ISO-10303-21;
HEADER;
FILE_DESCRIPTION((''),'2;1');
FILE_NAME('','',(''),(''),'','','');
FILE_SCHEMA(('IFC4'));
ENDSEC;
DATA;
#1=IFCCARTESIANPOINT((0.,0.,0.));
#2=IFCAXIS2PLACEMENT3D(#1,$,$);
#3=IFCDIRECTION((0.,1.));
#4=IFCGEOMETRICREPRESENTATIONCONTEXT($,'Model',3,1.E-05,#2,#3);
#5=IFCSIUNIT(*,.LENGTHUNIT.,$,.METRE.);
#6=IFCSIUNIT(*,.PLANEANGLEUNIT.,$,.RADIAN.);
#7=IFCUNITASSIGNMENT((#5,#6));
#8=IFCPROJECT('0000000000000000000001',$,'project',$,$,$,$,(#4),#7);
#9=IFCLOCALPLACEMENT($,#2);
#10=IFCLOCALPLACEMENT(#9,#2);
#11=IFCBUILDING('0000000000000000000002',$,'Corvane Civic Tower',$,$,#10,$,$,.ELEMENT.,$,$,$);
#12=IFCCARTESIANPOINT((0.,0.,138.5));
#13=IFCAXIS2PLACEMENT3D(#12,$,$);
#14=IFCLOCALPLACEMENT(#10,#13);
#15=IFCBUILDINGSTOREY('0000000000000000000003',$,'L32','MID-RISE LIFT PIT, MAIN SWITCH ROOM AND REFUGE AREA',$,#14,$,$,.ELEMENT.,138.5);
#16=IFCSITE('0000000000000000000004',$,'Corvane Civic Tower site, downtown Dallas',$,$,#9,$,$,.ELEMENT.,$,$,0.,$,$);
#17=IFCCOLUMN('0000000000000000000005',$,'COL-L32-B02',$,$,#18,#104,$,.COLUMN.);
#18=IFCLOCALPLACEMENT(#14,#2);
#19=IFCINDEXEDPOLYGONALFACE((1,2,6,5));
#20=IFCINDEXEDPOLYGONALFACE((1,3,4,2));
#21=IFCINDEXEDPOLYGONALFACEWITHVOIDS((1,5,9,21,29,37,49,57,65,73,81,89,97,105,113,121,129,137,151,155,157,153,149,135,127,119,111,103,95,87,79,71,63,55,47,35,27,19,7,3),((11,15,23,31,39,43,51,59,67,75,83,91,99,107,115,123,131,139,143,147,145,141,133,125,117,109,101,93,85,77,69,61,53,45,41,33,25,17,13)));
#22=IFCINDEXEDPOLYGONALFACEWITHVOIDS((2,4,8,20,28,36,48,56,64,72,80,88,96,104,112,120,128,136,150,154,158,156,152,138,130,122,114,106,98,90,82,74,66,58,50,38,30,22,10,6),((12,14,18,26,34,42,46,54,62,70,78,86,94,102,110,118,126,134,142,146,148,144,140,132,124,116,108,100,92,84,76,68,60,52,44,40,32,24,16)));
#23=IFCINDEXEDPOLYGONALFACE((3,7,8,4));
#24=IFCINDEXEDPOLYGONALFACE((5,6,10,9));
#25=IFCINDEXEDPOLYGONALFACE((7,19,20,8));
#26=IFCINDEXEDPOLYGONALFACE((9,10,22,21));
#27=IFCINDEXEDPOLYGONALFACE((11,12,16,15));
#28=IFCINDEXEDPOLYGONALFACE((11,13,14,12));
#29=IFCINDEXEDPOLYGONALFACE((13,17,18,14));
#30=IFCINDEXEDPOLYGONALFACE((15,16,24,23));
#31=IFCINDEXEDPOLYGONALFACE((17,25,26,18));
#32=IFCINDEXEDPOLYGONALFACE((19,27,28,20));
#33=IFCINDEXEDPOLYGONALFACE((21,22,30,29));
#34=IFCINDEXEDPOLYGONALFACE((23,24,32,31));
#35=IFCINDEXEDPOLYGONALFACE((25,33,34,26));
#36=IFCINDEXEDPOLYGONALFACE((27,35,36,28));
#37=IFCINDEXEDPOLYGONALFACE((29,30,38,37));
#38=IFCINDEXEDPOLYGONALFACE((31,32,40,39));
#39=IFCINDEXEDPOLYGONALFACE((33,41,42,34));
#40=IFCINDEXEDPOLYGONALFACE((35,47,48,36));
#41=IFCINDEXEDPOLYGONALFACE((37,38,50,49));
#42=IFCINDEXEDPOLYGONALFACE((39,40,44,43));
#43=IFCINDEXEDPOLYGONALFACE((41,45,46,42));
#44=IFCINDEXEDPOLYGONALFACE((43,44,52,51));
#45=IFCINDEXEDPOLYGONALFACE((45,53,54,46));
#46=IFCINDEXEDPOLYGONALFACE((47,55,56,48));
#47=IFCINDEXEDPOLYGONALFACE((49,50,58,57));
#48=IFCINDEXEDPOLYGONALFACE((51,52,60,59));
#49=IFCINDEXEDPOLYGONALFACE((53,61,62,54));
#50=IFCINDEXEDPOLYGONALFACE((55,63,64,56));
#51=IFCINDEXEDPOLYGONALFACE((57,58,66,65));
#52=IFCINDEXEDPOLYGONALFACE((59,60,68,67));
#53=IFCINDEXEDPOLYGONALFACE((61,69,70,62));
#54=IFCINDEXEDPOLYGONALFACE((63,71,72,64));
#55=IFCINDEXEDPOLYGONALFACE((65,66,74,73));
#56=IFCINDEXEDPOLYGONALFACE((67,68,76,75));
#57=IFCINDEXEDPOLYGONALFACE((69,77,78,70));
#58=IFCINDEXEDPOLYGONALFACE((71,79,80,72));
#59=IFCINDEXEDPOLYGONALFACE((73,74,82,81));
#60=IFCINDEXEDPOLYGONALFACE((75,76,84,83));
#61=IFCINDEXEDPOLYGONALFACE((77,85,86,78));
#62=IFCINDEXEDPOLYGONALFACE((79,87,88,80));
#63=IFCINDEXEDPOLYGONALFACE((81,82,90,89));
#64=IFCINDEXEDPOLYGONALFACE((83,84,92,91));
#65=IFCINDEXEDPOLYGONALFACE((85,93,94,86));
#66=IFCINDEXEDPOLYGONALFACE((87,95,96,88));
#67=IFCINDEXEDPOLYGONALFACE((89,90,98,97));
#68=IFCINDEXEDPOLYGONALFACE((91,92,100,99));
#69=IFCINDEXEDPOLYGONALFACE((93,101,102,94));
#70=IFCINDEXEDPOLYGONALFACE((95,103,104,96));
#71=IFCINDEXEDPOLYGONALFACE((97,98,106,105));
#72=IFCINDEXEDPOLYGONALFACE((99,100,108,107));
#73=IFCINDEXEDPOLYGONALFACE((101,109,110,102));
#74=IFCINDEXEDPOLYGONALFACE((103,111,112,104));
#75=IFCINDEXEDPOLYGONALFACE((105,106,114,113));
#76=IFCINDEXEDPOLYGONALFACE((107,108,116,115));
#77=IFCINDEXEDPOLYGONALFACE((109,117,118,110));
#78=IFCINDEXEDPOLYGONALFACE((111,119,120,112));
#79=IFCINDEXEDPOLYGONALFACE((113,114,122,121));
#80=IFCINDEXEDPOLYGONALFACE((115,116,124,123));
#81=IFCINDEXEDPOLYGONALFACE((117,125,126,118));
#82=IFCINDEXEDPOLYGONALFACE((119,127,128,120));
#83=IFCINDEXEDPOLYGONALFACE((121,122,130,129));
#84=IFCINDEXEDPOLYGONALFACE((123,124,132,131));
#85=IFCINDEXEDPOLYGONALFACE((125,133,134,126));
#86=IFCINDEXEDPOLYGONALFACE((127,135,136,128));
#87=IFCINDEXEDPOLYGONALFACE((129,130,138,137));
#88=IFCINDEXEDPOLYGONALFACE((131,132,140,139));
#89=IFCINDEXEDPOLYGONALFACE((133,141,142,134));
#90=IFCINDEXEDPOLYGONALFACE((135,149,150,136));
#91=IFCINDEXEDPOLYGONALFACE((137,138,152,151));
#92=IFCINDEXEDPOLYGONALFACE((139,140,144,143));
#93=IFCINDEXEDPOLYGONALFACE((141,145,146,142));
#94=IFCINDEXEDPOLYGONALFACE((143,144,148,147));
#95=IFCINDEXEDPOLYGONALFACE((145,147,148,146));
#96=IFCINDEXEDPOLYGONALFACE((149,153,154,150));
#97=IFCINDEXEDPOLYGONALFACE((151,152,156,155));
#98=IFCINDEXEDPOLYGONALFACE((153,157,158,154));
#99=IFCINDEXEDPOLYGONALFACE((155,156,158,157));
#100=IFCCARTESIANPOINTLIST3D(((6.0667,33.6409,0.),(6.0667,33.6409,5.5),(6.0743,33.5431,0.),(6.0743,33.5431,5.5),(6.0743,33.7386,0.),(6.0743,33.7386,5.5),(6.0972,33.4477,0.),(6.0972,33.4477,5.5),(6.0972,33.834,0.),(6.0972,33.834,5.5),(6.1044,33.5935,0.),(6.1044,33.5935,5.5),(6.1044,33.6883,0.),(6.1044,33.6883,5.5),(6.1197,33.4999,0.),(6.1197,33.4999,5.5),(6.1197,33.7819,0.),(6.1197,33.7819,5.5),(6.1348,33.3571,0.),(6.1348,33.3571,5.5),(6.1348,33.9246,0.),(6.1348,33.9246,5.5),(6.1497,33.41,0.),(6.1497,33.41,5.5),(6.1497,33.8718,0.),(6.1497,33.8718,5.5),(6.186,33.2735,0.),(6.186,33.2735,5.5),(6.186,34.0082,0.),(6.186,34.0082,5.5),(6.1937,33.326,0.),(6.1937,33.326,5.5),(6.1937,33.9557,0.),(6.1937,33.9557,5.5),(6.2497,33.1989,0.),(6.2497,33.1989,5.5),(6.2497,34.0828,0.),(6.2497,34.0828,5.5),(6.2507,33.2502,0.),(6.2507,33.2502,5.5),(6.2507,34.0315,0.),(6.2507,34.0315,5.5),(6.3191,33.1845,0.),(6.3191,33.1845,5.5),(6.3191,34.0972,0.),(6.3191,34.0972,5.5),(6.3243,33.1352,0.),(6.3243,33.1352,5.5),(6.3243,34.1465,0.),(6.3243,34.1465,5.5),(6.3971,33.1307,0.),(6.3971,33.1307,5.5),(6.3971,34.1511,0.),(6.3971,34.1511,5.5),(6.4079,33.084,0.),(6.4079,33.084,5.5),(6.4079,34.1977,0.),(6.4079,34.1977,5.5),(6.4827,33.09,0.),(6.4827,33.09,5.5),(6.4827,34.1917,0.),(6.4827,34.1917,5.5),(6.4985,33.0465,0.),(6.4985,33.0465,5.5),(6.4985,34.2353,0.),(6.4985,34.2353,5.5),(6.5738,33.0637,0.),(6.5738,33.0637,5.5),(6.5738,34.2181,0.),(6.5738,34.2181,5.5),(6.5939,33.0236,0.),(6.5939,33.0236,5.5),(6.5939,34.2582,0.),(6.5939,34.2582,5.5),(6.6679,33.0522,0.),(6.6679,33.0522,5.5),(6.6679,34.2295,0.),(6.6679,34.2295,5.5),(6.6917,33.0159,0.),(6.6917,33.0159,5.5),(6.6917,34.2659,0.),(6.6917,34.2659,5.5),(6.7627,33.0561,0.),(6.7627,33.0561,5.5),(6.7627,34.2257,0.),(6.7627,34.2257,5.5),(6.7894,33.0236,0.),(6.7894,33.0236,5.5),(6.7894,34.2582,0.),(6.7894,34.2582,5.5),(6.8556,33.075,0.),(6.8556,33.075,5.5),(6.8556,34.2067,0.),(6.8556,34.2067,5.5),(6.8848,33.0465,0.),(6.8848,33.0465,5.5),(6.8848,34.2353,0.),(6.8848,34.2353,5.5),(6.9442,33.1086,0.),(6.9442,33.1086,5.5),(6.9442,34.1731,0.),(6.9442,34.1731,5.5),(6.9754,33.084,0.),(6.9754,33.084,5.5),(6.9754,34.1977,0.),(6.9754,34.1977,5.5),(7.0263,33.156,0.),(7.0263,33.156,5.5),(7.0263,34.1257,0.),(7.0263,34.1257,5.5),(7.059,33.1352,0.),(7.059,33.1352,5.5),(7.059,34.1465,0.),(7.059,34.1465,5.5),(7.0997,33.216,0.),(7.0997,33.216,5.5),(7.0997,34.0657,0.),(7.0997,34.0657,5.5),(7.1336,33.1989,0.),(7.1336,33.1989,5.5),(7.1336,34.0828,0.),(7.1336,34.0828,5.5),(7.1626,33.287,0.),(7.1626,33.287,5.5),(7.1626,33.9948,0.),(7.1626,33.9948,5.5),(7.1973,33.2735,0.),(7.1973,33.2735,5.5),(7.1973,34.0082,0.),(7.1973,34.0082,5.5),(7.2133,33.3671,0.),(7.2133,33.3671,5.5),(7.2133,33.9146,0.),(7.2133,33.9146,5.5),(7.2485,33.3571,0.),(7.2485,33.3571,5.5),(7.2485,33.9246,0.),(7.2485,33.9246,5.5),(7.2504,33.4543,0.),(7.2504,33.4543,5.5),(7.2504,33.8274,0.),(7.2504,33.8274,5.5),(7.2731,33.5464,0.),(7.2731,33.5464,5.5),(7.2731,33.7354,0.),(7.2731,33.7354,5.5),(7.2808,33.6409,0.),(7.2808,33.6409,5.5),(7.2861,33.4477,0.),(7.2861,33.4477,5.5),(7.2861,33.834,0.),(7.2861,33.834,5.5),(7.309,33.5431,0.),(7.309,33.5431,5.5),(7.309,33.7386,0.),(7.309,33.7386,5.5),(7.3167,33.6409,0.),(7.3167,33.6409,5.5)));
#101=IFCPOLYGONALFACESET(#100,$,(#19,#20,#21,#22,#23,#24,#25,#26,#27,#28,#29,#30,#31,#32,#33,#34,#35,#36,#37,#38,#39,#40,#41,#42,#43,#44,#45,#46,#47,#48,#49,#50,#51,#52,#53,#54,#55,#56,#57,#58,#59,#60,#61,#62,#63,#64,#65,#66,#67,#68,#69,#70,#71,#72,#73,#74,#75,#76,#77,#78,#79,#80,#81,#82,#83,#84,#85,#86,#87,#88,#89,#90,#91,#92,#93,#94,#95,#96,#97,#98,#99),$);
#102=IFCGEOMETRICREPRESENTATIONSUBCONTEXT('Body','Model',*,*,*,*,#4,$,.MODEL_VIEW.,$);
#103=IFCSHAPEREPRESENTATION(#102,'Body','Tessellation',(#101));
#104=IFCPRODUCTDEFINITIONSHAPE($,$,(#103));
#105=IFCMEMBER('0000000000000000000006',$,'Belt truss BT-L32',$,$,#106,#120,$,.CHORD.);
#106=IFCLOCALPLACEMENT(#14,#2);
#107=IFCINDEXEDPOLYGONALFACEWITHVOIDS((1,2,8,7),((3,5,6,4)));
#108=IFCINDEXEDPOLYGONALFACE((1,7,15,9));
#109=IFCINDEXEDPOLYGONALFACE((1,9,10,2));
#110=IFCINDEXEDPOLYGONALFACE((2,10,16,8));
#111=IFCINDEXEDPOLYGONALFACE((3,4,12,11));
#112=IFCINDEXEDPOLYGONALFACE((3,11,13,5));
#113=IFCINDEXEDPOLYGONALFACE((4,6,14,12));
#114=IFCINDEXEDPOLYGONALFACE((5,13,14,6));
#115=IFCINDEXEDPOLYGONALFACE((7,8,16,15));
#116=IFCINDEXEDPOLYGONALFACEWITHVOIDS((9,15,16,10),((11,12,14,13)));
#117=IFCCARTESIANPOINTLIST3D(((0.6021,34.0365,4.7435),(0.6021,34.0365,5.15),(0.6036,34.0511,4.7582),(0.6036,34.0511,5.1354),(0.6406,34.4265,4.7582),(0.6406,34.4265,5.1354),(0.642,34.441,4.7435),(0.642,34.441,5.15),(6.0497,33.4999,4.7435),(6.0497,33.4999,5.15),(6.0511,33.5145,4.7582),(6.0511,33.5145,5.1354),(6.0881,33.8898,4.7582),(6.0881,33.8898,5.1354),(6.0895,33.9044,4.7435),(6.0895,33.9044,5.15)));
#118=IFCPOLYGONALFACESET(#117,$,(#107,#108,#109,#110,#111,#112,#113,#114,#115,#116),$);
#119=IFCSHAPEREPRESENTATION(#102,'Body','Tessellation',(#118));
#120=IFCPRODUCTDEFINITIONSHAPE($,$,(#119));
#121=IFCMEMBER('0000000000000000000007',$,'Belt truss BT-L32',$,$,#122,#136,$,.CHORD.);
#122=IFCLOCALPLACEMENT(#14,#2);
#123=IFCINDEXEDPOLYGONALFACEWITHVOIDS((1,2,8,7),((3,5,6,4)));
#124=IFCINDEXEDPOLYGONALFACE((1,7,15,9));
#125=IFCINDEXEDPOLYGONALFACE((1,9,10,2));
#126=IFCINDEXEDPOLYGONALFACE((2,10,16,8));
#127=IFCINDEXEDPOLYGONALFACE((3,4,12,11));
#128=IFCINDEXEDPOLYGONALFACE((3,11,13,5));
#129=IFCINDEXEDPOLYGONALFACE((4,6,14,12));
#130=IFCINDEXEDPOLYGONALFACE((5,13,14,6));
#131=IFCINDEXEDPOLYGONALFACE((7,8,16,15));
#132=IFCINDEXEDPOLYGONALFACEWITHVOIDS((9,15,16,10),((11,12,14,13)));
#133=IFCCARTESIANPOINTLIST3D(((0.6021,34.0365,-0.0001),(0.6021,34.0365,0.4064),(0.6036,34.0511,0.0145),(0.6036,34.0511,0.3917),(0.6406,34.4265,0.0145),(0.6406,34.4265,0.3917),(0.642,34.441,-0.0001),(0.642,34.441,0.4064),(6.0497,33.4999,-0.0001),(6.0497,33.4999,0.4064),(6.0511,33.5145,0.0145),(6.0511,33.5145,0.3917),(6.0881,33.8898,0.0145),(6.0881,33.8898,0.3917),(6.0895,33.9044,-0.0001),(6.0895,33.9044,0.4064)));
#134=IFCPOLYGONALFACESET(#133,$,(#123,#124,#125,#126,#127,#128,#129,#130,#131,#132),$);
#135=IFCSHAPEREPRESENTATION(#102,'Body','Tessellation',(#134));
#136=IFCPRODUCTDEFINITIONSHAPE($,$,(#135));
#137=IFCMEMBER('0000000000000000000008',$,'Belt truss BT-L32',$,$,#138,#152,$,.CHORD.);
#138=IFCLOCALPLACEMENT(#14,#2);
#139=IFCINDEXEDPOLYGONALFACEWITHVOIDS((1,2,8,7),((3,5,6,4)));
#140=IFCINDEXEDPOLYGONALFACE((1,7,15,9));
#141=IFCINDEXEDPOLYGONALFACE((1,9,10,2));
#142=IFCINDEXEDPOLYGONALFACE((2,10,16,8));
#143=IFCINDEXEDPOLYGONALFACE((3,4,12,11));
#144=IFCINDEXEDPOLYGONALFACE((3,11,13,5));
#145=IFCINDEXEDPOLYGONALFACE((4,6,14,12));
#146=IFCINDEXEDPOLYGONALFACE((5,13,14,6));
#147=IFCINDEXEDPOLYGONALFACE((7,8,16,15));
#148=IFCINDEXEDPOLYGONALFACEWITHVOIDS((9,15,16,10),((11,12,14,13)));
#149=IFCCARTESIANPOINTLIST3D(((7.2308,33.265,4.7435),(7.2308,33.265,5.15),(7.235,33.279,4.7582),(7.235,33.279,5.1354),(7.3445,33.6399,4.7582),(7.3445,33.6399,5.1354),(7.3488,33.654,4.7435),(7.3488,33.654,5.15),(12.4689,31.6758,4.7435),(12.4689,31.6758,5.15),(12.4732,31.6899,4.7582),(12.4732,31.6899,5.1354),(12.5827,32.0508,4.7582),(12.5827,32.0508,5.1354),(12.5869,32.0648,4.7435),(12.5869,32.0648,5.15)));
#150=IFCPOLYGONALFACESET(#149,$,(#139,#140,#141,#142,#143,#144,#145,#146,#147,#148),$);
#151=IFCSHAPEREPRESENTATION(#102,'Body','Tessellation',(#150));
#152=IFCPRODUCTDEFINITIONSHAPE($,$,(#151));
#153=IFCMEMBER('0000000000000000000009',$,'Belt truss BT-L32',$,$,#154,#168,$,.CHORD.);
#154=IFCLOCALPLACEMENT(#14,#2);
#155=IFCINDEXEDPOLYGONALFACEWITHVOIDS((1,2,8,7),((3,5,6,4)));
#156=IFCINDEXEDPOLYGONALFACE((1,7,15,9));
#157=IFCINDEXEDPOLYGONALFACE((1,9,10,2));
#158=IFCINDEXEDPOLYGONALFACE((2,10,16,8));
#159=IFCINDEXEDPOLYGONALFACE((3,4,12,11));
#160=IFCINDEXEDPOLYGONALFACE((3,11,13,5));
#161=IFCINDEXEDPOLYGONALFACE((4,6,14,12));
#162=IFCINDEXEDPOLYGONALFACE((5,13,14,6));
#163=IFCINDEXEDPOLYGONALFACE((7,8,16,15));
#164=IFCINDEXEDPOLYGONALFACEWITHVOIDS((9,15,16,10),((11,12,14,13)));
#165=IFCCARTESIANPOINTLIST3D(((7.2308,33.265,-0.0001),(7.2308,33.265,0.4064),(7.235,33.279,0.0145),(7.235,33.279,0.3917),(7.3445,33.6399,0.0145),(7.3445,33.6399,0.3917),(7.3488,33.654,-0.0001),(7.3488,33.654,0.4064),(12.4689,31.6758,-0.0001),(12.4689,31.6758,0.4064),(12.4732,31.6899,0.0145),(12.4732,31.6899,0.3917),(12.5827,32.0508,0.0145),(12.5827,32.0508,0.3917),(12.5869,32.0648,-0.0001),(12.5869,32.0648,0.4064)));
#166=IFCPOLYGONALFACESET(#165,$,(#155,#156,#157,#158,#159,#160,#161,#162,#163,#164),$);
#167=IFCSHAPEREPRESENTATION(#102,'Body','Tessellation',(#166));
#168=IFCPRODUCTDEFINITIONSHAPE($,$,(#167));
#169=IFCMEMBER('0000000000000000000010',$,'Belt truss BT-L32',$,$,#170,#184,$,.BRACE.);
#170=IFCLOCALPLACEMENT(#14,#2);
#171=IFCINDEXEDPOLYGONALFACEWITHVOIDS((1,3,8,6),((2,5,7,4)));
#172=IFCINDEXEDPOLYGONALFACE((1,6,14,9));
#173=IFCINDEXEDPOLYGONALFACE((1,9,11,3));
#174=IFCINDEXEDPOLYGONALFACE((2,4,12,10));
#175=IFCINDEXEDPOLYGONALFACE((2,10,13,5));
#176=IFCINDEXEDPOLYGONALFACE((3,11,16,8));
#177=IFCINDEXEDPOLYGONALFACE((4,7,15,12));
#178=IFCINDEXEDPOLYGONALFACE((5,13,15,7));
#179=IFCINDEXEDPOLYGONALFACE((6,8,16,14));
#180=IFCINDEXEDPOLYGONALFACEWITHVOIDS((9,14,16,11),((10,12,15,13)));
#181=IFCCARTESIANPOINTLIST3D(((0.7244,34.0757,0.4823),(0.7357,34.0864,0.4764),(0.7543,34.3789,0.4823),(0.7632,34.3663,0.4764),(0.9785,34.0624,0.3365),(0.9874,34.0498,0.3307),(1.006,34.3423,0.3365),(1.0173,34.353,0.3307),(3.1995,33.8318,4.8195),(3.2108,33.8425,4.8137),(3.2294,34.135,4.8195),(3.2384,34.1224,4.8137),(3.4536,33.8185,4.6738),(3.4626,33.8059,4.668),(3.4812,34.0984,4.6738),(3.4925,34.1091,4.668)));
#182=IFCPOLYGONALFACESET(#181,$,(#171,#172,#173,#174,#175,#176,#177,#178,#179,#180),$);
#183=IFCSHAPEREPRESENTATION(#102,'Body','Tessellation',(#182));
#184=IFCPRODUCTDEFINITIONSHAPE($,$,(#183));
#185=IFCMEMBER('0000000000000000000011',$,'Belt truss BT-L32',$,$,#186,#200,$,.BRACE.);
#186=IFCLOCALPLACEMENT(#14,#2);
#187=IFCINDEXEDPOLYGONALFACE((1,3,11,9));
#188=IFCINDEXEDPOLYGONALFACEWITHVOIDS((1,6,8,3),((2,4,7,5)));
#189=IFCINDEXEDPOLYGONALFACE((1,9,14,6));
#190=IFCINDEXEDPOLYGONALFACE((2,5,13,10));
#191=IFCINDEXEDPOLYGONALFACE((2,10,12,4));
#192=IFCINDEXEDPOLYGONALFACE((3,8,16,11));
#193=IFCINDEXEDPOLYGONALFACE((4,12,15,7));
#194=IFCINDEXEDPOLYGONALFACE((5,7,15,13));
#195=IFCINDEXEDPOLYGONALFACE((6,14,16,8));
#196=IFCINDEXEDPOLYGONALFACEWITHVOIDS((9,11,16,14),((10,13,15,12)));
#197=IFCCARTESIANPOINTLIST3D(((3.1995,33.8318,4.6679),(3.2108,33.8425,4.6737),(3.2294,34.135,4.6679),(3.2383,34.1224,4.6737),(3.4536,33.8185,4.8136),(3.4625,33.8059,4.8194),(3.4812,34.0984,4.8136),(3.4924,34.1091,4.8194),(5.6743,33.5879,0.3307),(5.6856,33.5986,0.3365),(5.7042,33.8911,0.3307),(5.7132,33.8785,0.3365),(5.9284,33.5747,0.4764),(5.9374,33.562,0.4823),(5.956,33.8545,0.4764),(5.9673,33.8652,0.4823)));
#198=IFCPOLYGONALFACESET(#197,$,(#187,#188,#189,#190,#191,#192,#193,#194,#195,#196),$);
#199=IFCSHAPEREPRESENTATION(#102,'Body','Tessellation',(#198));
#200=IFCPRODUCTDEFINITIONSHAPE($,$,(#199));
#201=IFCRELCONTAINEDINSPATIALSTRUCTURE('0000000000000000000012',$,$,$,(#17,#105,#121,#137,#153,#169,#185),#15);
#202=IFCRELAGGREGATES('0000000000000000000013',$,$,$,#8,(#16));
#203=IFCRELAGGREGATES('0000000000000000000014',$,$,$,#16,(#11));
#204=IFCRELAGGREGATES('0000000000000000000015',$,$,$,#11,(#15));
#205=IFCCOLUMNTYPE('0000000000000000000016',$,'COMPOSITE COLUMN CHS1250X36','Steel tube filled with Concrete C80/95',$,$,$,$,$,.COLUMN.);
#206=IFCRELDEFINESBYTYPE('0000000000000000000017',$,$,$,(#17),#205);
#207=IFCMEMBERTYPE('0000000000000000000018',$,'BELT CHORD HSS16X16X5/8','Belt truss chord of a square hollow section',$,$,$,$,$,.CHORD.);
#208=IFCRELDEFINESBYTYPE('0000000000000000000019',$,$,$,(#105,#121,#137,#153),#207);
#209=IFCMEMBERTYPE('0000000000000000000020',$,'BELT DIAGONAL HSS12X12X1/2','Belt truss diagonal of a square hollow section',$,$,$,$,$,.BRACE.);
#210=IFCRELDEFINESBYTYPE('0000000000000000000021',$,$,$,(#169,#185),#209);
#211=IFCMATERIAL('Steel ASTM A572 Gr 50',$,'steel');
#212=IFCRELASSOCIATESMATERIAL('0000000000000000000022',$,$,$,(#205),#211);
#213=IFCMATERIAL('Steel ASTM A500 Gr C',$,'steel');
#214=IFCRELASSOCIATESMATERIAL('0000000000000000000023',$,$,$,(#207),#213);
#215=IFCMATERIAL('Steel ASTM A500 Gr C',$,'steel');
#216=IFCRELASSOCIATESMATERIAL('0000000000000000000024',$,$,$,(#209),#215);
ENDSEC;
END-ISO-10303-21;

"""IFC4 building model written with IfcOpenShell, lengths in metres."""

from ifc_helpers import new_model, si_unit, direction, frame, origin, origin_2d, place, context, subcontext, project, spatial, hollow_rectangle, hollow_circle, extrude, material, material_profile, profile_set, type_object, element, save


model = new_model("IFC4")

# Units and contexts
model_context = context("Model", 3, precision=1e-05, world=origin(), true_north=direction((0.0, 1.0)))
body_context = subcontext(model_context, "Body", "Model", "MODEL_VIEW")
ifc_project = project(units=[si_unit("LENGTHUNIT", "METRE"), si_unit("PLANEANGLEUNIT", "RADIAN")], contexts=[model_context])

# Site, building, storey
site_placement = place(None, origin())
site = spatial("IfcSite", under=ifc_project, at=site_placement, Name="Corvane Civic Tower site, downtown Dallas", CompositionType="ELEMENT", RefElevation=0.0)
building_placement = place(site_placement, origin())
building = spatial("IfcBuilding", under=site, at=building_placement, Name="Corvane Civic Tower", CompositionType="ELEMENT")
storey_placement = place(building_placement, frame((0.0, 0.0, 138.5)))
storey = spatial("IfcBuildingStorey", under=building, at=storey_placement, Name="L32", Description="MID-RISE LIFT PIT, MAIN SWITCH ROOM AND REFUGE AREA", CompositionType="ELEMENT", Elevation=138.5)

# Column
ifc_material_1 = material(Name="Steel ASTM A572 Gr 50", Category="steel")
ifc_material_profile_1 = material_profile(ifc_material_1, hollow_circle(Radius=0.625, WallThickness=0.0359, at=origin_2d()), Name="CHS1250X36")
ifc_profile_set_1 = profile_set([ifc_material_profile_1], Name="Steel ASTM A572 Gr 50")
column_type = type_object("IfcColumnType", Name="COMPOSITE COLUMN CHS1250X36", Description="Steel tube filled with Concrete C80/95", PredefinedType="COLUMN", material=ifc_profile_set_1)
column_placement = place(storey_placement, frame((6.6917, 33.6409, 0.0), z_axis=(0.0, 0.0, 1.0), x_axis=(1.0, 0.0, 0.0)))
element("IfcColumn", 1, at=column_placement, inside=storey, type_object=column_type, Name="COL-L32-B02", PredefinedType="COLUMN", context=body_context, shape_type="SweptSolid", body=[
    extrude(hollow_circle(Radius=0.625, WallThickness=0.0359, at=origin_2d()), origin(), (0.0, 0.0, 1.0), 5.5),
])

# Members
ifc_material_2 = material(Name="Steel ASTM A500 Gr C", Category="steel")
ifc_material_profile_2 = material_profile(ifc_material_2, hollow_rectangle(XDim=0.4065, YDim=0.4065, WallThickness=0.0146, at=origin_2d()), Name="HSS16X16X5/8")
ifc_profile_set_2 = profile_set([ifc_material_profile_2], Name="Steel ASTM A500 Gr C")
member_type_1 = type_object("IfcMemberType", Name="BELT CHORD HSS16X16X5/8", Description="Belt truss chord of a square hollow section", PredefinedType="CHORD", material=ifc_profile_set_2)
for number, where, z_axis, x_axis, name in (
    (2, (0.6221, 34.2388, 4.9468), (0.995183, -0.098033, 0.0), (0.098033, 0.995183, 0.0), "Belt truss BT-L32"),
    (3, (0.6221, 34.2388, 0.2031), (0.995183, -0.098033, 0.0), (0.098033, 0.995183, 0.0), "Belt truss BT-L32"),
    (4, (7.2898, 33.4595, 4.9468), (0.956932, -0.290313, 0.0), (0.290313, 0.956932, 0.0), "Belt truss BT-L32"),
    (5, (7.2898, 33.4595, 0.2031), (0.956932, -0.290313, 0.0), (0.290313, 0.956932, 0.0), "Belt truss BT-L32"),
):
    element("IfcMember", number, at=place(storey_placement, frame(where, z_axis=z_axis, x_axis=x_axis)), inside=storey, type_object=member_type_1, Name=name, PredefinedType="CHORD", context=body_context, shape_type="SweptSolid", body=[
        extrude(hollow_rectangle(XDim=0.4065, YDim=0.4065, WallThickness=0.0146, at=origin_2d()), origin(), (0.0, 0.0, 1.0), 5.4739),
    ])
ifc_material_3 = material(Name="Steel ASTM A500 Gr C", Category="steel")
ifc_material_profile_3 = material_profile(ifc_material_3, hollow_rectangle(XDim=0.3047, YDim=0.3047, WallThickness=0.0117, at=origin_2d()), Name="HSS12X12X1/2")
ifc_profile_set_3 = profile_set([ifc_material_profile_3], Name="Steel ASTM A500 Gr C")
member_type_2 = type_object("IfcMemberType", Name="BELT DIAGONAL HSS12X12X1/2", Description="Belt truss diagonal of a square hollow section", PredefinedType="BRACE", material=ifc_profile_set_3)
member_1_placement = place(storey_placement, frame((0.8708, 34.2144, 0.4065), z_axis=(0.495054, -0.048783, 0.867492), x_axis=(0.098065, 0.99518, 0.0)))
element("IfcMember", 6, at=member_1_placement, inside=storey, type_object=member_type_2, Name="Belt truss BT-L32", PredefinedType="BRACE", context=body_context, shape_type="SweptSolid", body=[
    extrude(hollow_rectangle(XDim=0.3047, YDim=0.3047, WallThickness=0.0117, at=origin_2d()), origin(), (0.0, 0.0, 1.0), 4.9998),
])
for number, where, z_axis, x_axis, name in (
    (7, (5.8208, 33.7266, 0.4065), (-0.495017, 0.048784, 0.867513), (-0.098075, -0.995179, 0.0), "Belt truss BT-L32"),
):
    element("IfcMember", number, at=place(storey_placement, frame(where, z_axis=z_axis, x_axis=x_axis)), inside=storey, type_object=member_type_2, Name=name, PredefinedType="BRACE", context=body_context, shape_type="SweptSolid", body=[
        extrude(hollow_rectangle(XDim=0.3047, YDim=0.3047, WallThickness=0.0117, at=origin_2d()), origin(), (0.0, 0.0, 1.0), 4.9995),
    ])

save(model, "model.ifc")
